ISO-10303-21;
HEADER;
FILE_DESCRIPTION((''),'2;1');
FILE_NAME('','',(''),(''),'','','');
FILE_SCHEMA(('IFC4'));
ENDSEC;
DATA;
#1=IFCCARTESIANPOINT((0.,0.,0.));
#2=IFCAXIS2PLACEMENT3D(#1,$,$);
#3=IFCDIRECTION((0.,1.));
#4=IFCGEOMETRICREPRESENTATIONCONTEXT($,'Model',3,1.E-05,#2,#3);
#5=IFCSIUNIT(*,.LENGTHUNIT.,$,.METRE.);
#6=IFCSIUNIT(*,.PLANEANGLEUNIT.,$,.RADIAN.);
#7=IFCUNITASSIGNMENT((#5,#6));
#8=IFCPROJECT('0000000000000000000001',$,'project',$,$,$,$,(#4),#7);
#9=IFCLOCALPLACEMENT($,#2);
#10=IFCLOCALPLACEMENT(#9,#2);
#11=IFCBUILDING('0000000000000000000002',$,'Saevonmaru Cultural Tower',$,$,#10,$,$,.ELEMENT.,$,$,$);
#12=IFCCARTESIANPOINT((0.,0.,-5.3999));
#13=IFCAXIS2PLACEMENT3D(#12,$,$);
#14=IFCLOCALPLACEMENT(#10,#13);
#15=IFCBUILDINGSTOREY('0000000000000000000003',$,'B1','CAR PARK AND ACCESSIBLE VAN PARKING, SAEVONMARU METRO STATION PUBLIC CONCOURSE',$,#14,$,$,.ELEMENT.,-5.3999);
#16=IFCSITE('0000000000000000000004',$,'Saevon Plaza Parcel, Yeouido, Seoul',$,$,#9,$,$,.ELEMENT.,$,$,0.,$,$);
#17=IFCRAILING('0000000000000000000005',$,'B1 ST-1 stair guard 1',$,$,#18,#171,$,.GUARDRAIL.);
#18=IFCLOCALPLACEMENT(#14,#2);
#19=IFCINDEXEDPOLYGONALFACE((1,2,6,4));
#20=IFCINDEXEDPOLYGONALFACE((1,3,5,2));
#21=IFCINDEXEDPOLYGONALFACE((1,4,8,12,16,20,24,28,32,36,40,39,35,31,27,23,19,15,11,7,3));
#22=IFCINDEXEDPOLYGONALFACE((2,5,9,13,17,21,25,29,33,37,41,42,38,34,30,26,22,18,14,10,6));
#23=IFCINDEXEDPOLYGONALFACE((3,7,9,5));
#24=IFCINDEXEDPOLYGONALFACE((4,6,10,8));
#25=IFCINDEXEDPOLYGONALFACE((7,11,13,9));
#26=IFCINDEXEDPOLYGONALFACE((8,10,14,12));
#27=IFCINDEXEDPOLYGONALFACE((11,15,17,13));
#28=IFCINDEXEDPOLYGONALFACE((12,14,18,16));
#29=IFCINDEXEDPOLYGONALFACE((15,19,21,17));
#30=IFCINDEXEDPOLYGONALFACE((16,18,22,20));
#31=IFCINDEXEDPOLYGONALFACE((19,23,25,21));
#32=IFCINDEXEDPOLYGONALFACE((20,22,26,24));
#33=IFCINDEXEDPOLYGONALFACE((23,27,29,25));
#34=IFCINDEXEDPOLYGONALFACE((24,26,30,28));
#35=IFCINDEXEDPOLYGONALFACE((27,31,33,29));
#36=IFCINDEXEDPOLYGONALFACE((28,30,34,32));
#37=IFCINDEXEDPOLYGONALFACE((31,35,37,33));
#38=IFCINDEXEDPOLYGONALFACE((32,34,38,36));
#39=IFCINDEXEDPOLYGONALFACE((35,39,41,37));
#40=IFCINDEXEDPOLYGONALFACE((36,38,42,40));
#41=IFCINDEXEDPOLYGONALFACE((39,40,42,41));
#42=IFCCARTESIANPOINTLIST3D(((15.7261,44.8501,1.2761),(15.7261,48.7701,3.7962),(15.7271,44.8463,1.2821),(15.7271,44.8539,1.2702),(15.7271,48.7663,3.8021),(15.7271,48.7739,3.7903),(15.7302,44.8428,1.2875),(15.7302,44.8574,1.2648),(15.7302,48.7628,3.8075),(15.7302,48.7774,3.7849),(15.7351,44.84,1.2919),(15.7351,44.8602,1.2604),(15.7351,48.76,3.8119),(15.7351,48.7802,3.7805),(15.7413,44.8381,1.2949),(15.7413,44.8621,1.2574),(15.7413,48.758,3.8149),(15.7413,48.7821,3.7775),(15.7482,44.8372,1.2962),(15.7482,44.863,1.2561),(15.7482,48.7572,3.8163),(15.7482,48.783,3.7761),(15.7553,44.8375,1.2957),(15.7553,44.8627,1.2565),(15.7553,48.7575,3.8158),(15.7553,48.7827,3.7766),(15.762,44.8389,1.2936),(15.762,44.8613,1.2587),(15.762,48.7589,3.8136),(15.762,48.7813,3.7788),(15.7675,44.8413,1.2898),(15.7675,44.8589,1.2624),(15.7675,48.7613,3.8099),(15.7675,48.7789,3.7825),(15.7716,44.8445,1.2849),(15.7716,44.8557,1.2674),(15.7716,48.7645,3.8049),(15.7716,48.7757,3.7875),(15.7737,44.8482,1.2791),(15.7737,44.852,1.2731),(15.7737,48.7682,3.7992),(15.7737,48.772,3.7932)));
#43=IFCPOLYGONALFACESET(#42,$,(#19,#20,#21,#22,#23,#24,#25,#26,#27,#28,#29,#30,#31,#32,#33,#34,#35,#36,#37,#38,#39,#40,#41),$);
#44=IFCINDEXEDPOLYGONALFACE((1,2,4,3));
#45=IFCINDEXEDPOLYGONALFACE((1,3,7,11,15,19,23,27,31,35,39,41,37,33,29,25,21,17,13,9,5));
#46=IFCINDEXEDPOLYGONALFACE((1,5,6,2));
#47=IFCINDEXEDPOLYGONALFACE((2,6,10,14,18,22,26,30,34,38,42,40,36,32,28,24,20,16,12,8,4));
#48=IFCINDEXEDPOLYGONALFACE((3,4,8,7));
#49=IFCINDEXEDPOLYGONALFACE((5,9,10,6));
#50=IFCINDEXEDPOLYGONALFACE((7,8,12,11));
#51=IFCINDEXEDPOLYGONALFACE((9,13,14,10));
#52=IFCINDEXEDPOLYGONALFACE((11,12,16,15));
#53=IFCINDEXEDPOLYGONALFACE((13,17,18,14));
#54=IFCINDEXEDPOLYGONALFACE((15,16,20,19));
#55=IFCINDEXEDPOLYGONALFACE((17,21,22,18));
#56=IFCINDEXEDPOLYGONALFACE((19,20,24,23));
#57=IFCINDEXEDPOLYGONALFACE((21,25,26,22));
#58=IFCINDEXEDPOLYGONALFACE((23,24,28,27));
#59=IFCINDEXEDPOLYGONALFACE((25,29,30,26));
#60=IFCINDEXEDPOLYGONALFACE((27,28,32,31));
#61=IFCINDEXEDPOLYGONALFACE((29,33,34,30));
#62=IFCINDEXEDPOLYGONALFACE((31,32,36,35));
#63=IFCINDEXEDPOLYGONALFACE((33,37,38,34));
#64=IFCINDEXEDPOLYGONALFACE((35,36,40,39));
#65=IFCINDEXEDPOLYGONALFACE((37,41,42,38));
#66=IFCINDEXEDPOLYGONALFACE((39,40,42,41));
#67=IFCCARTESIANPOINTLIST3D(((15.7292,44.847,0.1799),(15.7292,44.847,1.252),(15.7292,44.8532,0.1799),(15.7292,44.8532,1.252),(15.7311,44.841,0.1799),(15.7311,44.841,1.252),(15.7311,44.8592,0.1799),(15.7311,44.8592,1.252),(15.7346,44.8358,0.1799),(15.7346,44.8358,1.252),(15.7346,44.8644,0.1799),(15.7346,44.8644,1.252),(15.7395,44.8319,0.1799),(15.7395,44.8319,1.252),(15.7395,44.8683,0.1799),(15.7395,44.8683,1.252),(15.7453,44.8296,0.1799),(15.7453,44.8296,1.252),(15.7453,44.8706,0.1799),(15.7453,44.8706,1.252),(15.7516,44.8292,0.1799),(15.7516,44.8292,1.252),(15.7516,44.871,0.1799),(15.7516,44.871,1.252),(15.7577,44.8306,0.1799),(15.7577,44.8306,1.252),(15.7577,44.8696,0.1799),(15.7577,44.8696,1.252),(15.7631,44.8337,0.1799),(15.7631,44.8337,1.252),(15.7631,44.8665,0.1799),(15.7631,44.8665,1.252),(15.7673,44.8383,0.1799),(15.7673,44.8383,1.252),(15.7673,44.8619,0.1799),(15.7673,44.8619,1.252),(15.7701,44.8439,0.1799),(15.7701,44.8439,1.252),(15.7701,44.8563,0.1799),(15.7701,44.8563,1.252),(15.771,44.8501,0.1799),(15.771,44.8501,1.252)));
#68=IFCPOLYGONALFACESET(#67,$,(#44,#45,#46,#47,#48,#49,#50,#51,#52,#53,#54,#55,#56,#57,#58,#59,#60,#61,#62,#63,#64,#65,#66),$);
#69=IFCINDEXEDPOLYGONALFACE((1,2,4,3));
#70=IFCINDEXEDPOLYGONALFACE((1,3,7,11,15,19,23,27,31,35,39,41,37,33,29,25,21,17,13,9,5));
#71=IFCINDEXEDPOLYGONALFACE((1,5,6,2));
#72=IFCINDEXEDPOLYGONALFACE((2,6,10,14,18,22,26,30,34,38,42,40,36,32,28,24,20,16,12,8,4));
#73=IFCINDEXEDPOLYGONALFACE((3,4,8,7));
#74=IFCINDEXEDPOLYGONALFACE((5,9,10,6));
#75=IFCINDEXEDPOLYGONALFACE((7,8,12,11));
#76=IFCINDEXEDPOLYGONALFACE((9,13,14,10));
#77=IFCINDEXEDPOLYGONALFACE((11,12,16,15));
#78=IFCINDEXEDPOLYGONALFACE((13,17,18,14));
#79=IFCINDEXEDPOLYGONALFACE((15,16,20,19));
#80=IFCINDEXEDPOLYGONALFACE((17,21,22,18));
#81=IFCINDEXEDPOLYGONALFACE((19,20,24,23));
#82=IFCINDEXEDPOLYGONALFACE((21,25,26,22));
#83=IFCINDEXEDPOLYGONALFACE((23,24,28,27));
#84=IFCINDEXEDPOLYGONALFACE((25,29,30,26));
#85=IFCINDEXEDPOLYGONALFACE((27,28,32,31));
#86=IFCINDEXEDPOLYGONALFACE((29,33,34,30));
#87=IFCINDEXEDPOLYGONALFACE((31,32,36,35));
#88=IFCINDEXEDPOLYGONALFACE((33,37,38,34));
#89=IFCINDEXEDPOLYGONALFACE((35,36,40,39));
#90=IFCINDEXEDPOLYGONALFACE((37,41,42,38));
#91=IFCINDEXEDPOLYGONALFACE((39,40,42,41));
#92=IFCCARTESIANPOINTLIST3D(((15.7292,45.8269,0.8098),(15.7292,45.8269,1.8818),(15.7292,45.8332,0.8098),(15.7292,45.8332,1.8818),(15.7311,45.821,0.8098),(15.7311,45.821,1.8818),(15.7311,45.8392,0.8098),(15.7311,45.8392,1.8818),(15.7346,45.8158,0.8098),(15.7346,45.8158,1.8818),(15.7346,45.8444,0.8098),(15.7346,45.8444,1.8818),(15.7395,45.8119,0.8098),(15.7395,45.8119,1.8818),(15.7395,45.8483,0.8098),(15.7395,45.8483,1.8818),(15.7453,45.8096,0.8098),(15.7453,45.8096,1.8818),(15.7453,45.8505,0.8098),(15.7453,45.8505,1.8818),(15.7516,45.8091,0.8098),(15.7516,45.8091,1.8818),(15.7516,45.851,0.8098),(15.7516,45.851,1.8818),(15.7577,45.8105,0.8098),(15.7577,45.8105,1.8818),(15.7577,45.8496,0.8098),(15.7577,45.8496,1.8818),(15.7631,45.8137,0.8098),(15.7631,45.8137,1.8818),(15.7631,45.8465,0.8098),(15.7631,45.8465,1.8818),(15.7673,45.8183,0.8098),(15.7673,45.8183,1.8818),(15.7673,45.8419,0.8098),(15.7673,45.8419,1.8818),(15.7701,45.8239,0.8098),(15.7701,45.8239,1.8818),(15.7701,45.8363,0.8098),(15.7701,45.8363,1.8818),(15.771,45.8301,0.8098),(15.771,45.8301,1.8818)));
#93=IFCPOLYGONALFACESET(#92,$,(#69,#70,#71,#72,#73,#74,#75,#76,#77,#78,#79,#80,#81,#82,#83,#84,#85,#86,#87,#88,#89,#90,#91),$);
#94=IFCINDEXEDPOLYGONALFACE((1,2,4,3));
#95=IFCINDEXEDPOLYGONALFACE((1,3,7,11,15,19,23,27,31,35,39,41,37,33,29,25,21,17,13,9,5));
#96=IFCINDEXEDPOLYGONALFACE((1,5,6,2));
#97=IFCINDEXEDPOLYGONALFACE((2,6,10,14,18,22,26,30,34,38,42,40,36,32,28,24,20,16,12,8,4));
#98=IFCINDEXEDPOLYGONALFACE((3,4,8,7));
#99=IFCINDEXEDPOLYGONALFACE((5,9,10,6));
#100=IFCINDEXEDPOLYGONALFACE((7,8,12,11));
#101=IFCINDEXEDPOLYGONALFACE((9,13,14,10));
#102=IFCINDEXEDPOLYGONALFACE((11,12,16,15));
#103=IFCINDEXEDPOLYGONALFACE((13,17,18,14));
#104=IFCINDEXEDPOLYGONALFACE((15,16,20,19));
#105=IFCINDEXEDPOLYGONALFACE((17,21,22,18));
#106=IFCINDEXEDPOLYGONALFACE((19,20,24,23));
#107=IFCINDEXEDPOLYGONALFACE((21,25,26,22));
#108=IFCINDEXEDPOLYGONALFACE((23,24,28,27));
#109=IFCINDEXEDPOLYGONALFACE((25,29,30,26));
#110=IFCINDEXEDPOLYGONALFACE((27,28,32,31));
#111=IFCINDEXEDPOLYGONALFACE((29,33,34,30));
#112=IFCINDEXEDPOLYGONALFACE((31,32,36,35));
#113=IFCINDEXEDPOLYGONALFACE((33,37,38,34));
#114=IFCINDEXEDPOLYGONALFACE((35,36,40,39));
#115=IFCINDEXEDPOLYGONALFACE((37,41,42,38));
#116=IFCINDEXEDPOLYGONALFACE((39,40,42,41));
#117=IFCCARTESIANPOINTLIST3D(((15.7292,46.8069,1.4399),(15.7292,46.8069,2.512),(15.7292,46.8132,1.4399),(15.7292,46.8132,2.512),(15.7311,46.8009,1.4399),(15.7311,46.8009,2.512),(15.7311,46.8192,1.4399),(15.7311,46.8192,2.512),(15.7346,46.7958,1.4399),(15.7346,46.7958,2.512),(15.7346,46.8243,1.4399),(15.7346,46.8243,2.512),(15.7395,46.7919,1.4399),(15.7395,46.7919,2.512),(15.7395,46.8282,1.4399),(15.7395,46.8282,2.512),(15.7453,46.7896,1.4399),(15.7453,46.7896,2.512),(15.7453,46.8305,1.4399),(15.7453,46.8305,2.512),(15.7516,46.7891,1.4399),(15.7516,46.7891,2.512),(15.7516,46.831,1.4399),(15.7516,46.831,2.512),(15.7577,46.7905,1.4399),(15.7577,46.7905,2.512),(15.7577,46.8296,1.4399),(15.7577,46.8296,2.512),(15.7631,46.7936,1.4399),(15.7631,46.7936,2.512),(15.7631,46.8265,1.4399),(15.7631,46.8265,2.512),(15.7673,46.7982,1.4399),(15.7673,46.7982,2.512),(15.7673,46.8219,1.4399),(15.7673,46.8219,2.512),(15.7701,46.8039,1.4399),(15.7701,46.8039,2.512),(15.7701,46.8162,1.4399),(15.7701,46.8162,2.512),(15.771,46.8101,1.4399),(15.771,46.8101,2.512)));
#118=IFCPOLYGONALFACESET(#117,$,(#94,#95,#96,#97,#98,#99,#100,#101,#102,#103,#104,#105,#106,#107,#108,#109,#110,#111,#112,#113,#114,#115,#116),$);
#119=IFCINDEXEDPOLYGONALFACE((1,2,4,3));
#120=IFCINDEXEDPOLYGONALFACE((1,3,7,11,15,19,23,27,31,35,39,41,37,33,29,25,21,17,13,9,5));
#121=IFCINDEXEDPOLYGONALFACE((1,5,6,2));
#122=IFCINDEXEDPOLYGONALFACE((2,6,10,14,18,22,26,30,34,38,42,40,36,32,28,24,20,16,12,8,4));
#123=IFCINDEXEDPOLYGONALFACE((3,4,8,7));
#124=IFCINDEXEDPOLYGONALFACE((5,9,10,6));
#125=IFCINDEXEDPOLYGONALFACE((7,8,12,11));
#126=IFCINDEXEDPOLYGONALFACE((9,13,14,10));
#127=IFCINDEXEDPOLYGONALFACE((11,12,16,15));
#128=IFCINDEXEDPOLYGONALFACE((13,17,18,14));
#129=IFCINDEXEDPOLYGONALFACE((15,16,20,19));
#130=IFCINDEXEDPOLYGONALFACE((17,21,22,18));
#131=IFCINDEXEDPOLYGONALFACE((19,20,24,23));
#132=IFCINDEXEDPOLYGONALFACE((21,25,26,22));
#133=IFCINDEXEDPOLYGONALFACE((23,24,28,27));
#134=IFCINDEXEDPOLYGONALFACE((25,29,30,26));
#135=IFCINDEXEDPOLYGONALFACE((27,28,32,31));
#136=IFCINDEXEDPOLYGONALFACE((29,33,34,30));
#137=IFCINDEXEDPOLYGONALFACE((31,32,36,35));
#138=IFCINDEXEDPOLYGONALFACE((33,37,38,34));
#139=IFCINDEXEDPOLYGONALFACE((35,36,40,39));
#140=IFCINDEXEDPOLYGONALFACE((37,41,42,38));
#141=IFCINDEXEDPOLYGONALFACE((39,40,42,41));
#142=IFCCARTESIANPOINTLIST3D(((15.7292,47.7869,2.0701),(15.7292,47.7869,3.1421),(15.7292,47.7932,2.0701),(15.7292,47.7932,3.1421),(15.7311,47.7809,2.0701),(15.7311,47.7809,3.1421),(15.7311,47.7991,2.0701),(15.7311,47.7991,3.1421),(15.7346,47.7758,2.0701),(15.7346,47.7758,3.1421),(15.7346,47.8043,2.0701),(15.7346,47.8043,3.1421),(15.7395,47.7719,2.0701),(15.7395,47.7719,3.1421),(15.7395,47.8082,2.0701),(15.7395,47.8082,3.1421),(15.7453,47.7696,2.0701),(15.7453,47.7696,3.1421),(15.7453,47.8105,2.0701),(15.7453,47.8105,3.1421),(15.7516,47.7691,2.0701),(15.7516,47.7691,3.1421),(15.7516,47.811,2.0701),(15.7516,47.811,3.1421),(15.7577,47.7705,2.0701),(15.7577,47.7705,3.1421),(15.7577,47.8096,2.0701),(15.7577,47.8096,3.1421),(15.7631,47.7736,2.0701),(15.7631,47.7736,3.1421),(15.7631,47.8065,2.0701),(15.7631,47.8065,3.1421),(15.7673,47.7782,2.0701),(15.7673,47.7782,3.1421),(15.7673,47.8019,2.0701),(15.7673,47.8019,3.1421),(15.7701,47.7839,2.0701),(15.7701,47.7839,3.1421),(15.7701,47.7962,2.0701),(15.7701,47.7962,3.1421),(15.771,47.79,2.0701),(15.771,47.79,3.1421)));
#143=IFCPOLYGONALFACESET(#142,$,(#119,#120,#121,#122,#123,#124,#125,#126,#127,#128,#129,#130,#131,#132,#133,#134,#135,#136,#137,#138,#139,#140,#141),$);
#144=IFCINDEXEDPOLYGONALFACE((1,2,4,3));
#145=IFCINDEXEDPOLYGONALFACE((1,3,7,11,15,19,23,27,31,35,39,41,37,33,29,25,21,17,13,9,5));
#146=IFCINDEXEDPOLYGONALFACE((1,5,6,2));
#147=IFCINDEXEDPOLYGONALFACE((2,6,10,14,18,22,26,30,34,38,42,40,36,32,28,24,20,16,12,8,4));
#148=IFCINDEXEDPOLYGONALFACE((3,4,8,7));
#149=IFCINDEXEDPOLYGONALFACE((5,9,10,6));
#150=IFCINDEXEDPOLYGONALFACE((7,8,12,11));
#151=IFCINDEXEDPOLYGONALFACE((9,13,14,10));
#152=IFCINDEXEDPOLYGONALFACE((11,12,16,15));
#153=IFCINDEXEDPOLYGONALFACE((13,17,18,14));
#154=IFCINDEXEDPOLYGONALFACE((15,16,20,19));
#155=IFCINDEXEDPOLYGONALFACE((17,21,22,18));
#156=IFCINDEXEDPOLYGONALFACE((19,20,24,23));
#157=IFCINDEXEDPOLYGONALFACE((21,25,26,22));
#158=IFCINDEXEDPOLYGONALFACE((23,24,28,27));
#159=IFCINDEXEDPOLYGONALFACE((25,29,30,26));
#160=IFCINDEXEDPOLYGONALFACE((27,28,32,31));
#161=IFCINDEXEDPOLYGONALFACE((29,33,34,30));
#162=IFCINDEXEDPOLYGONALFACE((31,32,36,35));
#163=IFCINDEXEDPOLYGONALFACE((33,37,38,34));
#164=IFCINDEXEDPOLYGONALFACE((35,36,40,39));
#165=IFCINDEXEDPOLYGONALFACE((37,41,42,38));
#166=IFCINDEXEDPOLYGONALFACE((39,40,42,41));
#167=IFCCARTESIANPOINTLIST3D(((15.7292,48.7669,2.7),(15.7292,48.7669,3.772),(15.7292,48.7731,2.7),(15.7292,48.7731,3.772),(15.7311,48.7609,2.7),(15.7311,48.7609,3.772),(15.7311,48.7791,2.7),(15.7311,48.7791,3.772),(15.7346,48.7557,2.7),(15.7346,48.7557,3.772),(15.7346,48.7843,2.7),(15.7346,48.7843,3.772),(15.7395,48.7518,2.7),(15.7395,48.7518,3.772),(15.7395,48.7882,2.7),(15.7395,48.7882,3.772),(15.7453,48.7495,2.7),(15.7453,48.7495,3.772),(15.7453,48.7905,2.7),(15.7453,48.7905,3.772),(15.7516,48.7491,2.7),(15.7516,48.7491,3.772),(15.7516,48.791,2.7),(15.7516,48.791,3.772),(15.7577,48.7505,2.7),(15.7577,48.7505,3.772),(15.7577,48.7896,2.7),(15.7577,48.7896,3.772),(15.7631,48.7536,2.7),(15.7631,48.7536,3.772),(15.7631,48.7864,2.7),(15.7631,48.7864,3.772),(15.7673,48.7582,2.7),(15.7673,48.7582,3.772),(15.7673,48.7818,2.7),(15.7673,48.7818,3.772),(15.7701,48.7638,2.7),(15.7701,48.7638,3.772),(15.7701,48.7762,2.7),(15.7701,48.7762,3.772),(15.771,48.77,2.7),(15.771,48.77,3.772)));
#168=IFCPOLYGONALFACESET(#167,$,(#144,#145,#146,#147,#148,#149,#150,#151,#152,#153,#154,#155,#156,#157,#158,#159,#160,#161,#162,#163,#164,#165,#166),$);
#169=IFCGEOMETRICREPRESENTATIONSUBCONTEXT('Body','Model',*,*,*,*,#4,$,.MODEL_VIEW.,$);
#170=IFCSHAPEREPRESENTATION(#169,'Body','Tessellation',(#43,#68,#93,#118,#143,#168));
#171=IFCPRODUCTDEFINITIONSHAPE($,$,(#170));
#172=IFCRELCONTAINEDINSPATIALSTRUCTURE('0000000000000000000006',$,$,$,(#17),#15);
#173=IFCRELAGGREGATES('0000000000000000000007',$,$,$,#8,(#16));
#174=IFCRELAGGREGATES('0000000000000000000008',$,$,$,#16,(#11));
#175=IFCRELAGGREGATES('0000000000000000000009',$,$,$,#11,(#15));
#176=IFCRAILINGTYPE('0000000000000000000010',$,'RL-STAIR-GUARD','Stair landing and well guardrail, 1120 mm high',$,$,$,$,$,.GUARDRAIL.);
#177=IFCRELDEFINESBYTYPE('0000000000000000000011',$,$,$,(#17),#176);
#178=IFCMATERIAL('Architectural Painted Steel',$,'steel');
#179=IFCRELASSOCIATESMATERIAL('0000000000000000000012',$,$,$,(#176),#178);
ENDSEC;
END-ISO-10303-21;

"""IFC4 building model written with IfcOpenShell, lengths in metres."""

from ifc_helpers import new_model, si_unit, direction, frame, origin, origin_2d, place, context, subcontext, project, spatial, circle, extrude, material, type_object, element, save


model = new_model("IFC4")

# Units and contexts
model_context = context("Model", 3, precision=1e-05, world=origin(), true_north=direction((0.0, 1.0)))
body_context = subcontext(model_context, "Body", "Model", "MODEL_VIEW")
ifc_project = project(units=[si_unit("LENGTHUNIT", "METRE"), si_unit("PLANEANGLEUNIT", "RADIAN")], contexts=[model_context])

# Site, building, storey
site_placement = place(None, origin())
site = spatial("IfcSite", under=ifc_project, at=site_placement, Name="Saevon Plaza Parcel, Yeouido, Seoul", CompositionType="ELEMENT", RefElevation=0.0)
building_placement = place(site_placement, origin())
building = spatial("IfcBuilding", under=site, at=building_placement, Name="Saevonmaru Cultural Tower", CompositionType="ELEMENT")
storey_placement = place(building_placement, frame((0.0, 0.0, -5.3999)))
storey = spatial("IfcBuildingStorey", under=building, at=storey_placement, Name="B1", Description="CAR PARK AND ACCESSIBLE VAN PARKING, SAEVONMARU METRO STATION PUBLIC CONCOURSE", CompositionType="ELEMENT", Elevation=-5.3999)

# Railing
ifc_material_1 = material(Name="Architectural Painted Steel", Category="steel")
railing_type_1 = type_object("IfcRailingType", Name="RL-STAIR-GUARD", Description="Stair landing and well guardrail, 1120 mm high", PredefinedType="GUARDRAIL", material=ifc_material_1)
railing_1_placement = place(storey_placement, frame((15.75, 44.8501, 0.1799)))
element("IfcRailing", 1, at=railing_1_placement, inside=storey, type_object=railing_type_1, Name="B1 ST-1 stair guard 1", PredefinedType="GUARDRAIL", context=body_context, shape_type="SweptSolid", body=[
    extrude(circle(Radius=0.0239, at=origin_2d()), frame((0.0, 0.0, 1.0962), z_axis=(0.0, 0.841172, 0.540768), x_axis=(-1.0, 0.0, 0.0)), (0.0, 0.0, 1.0), 4.6602),
    extrude(circle(Radius=0.021, at=origin_2d()), origin(), (0.0, 0.0, 1.0), 1.072),
    extrude(circle(Radius=0.021, at=origin_2d()), frame((0.0, 0.98, 0.6299)), (0.0, 0.0, 1.0), 1.072),
    extrude(circle(Radius=0.021, at=origin_2d()), frame((0.0, 1.96, 1.26)), (0.0, 0.0, 1.0), 1.072),
    extrude(circle(Radius=0.021, at=origin_2d()), frame((0.0, 2.9399, 1.8901)), (0.0, 0.0, 1.0), 1.072),
    extrude(circle(Radius=0.021, at=origin_2d()), frame((0.0, 3.9199, 2.52)), (0.0, 0.0, 1.0), 1.072),
])

save(model, "model.ifc")
